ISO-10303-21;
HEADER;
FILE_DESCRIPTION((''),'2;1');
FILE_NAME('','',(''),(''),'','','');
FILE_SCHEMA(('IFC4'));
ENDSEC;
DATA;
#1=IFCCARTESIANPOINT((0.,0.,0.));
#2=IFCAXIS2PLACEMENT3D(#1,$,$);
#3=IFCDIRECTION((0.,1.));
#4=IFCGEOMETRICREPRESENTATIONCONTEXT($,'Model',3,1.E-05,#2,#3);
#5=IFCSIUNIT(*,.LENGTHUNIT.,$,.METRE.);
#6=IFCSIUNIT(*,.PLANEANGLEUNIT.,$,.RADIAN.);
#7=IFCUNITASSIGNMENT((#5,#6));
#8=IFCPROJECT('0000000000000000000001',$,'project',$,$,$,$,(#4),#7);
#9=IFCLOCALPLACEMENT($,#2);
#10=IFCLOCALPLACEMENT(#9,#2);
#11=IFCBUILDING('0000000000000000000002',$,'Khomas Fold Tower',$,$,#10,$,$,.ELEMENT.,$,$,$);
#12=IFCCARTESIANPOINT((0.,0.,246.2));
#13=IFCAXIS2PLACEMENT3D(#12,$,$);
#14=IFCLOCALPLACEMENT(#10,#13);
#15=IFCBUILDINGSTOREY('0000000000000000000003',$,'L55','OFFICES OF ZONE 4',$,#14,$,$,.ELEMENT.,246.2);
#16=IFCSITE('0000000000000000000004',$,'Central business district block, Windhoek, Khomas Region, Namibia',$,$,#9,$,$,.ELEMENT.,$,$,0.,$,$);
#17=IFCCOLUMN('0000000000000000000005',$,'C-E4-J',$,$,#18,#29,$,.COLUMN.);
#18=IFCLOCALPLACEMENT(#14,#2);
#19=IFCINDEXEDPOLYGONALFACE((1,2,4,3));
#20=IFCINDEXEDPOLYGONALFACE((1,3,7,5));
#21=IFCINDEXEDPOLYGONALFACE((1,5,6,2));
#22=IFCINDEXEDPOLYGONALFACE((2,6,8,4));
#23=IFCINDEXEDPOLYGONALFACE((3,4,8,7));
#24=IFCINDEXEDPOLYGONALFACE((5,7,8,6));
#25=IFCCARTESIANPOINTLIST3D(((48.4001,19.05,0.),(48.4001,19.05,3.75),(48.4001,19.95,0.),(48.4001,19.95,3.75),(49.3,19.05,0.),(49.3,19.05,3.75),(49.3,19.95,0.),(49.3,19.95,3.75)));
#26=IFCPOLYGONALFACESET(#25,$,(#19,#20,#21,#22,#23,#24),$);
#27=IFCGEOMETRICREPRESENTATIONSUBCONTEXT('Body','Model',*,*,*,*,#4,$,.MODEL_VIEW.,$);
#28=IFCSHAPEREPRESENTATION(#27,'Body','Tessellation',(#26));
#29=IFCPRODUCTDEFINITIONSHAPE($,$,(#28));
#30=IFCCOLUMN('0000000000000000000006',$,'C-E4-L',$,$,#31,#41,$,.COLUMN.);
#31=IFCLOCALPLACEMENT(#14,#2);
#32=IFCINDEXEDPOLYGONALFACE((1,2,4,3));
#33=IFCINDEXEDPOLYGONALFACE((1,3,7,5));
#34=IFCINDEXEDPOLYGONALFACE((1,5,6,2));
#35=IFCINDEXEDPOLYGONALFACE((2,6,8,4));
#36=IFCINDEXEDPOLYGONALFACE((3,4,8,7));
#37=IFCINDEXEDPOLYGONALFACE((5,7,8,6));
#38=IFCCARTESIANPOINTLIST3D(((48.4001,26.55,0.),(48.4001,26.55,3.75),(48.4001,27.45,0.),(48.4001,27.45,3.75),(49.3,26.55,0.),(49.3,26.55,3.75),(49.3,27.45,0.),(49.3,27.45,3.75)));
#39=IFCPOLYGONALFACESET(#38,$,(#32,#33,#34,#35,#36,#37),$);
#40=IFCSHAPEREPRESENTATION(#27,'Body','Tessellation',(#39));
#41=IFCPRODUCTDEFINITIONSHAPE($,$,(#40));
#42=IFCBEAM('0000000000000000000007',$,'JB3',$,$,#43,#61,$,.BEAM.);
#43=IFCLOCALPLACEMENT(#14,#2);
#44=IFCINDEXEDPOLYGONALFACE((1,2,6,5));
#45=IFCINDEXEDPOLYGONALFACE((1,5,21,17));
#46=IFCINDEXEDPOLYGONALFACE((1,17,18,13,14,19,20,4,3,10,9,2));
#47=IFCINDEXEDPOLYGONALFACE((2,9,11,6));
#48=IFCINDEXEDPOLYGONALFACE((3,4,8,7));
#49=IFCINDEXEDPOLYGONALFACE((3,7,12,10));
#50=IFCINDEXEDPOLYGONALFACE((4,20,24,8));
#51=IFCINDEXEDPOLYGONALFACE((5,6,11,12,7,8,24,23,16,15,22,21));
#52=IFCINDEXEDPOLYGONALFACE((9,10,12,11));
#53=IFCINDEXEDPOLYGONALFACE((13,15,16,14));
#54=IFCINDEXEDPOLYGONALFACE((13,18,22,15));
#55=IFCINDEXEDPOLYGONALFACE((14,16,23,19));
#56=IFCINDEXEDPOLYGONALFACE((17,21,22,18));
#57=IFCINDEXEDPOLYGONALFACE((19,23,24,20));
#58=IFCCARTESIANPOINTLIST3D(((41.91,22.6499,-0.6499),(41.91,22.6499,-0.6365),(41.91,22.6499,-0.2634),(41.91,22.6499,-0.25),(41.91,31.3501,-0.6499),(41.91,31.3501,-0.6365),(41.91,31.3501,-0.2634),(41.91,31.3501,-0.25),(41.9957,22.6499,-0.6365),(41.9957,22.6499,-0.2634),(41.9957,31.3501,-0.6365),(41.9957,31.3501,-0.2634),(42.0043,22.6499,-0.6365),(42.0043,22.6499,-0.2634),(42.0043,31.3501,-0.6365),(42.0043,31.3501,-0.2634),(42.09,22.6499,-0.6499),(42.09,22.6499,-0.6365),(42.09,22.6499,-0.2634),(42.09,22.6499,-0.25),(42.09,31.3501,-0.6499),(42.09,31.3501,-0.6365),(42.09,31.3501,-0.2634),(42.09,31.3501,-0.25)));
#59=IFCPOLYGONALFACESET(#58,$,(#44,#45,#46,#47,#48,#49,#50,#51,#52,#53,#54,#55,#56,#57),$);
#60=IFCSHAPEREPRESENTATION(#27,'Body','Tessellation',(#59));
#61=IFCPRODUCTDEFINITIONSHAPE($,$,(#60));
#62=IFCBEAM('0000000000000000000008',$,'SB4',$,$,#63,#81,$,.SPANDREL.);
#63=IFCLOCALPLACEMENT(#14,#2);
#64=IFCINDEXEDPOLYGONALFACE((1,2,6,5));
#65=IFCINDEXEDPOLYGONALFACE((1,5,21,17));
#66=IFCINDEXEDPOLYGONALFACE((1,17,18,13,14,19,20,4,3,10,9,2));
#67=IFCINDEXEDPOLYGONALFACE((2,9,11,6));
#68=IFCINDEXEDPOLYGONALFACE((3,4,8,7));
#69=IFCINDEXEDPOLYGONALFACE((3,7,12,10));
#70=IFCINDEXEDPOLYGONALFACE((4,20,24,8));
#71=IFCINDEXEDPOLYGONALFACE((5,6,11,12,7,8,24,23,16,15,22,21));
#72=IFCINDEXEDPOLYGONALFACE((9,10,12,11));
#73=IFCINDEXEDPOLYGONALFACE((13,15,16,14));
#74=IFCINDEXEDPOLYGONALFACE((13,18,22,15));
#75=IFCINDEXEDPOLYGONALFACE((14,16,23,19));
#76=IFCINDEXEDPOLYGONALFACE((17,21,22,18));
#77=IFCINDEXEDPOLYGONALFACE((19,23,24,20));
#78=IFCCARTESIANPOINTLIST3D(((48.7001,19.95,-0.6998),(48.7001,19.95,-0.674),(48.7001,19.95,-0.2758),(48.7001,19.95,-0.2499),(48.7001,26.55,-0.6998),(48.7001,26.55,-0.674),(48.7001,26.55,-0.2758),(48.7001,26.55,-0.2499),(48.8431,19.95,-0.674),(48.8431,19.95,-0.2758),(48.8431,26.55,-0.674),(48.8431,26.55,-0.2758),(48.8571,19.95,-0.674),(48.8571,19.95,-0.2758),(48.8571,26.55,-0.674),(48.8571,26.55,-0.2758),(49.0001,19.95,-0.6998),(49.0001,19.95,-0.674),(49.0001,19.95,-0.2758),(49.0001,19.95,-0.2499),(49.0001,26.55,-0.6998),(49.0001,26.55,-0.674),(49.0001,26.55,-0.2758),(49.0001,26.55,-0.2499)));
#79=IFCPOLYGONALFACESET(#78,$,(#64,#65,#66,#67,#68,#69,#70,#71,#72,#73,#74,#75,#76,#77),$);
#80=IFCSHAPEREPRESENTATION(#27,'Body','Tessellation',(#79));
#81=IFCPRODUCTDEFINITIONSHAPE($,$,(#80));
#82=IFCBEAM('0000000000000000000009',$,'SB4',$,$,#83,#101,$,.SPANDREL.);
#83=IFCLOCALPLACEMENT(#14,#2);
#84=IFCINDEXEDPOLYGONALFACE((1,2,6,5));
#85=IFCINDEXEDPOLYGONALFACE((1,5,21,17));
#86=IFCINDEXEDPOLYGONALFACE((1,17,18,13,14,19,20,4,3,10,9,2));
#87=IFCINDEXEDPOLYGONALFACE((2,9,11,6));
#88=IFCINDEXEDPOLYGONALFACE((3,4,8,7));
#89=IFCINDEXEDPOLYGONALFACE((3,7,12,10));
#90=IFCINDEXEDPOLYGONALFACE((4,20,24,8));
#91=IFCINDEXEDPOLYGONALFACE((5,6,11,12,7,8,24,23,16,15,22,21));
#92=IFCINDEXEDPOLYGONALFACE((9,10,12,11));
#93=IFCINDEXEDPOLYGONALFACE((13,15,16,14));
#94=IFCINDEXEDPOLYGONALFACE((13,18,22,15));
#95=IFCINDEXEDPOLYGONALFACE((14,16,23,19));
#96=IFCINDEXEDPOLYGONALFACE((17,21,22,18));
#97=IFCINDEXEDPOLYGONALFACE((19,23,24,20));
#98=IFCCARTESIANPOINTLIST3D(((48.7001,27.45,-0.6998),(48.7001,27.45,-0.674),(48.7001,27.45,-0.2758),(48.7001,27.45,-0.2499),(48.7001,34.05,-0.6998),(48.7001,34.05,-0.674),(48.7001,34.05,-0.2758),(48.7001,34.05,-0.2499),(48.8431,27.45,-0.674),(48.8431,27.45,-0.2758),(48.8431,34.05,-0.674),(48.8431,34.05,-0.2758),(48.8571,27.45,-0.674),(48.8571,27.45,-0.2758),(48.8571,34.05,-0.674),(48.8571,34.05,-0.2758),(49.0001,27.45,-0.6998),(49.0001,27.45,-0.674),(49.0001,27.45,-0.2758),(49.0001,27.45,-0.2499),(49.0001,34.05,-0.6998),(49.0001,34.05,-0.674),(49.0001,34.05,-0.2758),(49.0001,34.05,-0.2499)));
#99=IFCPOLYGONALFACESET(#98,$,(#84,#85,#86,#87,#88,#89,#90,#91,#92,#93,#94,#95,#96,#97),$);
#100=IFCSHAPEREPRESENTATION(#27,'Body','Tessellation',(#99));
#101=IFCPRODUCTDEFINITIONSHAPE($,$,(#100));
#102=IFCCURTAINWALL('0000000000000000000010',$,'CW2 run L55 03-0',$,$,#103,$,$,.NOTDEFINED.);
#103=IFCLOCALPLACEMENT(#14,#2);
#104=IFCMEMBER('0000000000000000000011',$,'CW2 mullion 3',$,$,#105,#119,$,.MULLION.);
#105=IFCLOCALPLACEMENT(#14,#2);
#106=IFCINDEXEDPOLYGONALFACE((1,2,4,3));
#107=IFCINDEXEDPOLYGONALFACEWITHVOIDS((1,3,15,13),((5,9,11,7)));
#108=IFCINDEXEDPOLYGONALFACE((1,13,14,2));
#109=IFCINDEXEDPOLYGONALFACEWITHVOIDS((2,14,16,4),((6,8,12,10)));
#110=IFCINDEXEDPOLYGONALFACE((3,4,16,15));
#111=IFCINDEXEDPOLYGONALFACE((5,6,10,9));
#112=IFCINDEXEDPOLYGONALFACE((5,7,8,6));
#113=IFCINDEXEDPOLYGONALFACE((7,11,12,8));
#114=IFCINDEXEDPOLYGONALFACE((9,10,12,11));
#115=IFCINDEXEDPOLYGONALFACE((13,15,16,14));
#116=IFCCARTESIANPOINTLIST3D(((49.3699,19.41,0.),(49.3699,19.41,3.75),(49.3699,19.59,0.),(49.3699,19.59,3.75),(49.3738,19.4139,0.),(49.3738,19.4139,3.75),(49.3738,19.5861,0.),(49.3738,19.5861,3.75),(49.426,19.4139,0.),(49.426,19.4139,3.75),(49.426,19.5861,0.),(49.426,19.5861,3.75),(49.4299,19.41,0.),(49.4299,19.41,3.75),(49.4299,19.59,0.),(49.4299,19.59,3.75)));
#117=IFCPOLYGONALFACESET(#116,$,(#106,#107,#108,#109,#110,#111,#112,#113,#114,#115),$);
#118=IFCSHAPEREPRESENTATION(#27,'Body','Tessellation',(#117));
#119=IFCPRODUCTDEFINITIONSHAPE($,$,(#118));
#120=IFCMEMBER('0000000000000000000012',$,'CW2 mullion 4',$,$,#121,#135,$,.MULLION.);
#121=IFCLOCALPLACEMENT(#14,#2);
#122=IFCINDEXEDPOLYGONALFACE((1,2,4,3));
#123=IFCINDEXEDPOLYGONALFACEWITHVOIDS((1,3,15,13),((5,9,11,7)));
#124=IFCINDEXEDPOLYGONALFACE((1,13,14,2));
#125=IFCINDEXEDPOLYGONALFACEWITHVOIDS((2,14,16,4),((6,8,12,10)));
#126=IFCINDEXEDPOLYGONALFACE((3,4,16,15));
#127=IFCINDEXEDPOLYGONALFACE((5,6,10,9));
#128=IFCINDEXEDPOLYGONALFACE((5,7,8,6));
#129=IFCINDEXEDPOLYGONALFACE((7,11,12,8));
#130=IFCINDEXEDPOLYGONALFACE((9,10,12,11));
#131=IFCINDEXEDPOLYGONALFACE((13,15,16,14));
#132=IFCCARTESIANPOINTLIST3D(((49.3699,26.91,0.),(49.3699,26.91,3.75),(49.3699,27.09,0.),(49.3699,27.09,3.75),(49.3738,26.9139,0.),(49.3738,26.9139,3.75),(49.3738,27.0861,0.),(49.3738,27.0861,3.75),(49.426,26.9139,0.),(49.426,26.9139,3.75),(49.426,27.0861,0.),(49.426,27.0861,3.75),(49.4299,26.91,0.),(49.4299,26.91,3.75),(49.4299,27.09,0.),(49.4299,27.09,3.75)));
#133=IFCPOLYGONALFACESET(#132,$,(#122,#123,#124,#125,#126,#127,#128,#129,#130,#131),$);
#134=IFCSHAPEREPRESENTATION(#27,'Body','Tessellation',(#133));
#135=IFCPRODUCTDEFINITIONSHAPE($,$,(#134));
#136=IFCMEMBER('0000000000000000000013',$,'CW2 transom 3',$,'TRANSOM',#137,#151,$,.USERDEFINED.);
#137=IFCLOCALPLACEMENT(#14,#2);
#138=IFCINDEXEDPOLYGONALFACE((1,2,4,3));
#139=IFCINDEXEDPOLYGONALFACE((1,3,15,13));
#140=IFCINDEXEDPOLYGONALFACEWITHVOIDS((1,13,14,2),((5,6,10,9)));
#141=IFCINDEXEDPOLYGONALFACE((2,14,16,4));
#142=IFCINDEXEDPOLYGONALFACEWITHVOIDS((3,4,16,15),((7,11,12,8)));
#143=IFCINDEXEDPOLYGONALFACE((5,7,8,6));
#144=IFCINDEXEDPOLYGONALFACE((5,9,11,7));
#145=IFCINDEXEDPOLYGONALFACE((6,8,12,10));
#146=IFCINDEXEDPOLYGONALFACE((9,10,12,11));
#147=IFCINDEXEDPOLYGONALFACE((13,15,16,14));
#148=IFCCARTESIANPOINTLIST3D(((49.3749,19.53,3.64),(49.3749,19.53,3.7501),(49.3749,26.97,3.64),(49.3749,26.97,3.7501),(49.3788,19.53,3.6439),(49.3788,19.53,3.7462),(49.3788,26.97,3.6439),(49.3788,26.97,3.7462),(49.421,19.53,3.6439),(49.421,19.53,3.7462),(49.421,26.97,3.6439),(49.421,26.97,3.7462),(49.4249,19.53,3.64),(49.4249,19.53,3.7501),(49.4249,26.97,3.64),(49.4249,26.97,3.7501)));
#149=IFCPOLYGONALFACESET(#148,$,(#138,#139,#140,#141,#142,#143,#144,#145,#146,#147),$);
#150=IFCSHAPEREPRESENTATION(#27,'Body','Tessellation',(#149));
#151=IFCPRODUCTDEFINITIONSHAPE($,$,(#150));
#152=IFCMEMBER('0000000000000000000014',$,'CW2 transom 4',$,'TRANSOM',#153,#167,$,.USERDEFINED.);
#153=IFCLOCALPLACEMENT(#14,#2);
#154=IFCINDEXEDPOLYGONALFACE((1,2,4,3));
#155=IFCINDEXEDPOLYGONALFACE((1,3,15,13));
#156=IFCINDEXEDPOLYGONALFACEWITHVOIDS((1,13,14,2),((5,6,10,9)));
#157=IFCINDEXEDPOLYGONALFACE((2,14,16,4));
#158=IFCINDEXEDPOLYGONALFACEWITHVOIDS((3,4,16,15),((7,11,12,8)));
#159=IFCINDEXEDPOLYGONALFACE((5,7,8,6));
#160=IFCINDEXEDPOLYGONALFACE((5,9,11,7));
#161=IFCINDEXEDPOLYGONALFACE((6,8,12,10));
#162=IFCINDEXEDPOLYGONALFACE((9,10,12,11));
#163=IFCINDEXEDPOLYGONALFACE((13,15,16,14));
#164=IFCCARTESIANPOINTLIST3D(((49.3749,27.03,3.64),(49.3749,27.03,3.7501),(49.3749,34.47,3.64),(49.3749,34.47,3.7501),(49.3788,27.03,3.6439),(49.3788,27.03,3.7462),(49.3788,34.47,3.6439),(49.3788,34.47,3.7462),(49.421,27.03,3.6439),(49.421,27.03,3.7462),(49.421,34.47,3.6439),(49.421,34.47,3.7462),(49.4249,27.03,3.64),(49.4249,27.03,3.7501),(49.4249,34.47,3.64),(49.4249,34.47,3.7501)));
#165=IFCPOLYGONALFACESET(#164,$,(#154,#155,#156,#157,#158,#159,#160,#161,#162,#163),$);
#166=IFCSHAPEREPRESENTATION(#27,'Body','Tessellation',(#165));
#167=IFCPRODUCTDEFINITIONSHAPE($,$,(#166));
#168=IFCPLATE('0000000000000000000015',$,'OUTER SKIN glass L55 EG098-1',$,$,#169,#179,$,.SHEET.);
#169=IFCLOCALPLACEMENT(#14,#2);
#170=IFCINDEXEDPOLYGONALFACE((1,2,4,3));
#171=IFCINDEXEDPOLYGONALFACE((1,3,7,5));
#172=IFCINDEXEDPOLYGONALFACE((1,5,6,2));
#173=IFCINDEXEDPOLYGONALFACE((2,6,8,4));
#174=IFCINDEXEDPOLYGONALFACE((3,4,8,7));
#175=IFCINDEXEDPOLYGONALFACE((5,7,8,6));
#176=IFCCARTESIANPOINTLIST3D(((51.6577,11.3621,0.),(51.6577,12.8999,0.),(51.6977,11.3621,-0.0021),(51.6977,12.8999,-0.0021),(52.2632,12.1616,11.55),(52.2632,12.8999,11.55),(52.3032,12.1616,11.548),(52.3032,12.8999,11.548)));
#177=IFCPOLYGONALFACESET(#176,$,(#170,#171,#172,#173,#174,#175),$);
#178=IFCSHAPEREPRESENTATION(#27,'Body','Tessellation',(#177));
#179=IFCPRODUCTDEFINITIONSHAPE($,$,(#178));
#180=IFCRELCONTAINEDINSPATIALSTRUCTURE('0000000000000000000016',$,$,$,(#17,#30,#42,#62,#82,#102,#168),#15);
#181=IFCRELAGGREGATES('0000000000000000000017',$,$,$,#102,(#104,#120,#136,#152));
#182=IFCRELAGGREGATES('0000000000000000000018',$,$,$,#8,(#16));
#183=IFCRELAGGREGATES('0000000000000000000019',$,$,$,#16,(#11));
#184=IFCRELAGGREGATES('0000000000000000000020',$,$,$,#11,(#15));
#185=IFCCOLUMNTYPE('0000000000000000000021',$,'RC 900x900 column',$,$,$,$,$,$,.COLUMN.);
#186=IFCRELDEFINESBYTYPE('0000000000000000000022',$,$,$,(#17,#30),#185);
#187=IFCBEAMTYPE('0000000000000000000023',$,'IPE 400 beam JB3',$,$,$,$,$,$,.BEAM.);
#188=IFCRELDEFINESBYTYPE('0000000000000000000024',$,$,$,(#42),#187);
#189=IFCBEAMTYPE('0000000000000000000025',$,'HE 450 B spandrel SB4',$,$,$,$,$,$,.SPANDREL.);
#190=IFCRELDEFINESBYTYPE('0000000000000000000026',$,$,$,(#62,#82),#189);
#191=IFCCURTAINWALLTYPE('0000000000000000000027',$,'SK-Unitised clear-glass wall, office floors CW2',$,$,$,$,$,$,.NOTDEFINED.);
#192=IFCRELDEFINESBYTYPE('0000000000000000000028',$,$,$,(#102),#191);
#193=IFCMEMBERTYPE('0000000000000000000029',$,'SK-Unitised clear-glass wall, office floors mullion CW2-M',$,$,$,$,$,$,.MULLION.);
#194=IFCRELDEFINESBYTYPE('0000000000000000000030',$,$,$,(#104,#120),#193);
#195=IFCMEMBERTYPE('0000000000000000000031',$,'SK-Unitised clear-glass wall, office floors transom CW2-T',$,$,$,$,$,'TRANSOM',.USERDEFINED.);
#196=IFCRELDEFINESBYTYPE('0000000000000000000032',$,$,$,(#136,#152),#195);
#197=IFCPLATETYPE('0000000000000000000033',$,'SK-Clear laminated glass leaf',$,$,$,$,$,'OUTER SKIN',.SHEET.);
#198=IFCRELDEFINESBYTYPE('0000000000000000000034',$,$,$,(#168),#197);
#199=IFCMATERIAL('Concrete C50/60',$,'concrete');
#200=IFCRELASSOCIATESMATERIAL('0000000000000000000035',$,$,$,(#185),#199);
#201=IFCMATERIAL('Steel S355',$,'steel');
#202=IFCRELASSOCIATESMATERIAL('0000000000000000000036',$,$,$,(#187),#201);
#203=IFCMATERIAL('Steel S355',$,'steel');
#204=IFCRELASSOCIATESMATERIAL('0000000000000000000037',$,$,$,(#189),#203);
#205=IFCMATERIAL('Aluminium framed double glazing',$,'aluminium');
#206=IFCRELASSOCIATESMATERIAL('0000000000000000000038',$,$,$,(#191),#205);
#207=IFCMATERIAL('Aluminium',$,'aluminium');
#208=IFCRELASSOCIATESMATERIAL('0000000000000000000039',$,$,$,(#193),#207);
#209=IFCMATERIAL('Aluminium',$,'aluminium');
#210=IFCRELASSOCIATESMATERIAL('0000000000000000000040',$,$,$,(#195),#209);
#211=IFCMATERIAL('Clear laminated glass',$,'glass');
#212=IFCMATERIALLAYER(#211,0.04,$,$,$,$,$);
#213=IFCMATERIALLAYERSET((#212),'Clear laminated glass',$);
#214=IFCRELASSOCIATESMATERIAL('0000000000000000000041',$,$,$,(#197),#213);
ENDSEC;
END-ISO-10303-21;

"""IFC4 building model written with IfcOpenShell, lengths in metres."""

from ifc_helpers import new_model, si_unit, direction, frame, origin, origin_2d, place, context, subcontext, project, spatial, polyline, rectangle, hollow_rectangle, i_section, outline, extrude, source, transform, mapped, material, layer, layer_set, material_profile, profile_set, type_object, element, aggregate, save


model = new_model("IFC4")

# Units and contexts
model_context = context("Model", 3, precision=1e-05, world=origin(), true_north=direction((0.0, 1.0)))
body_context = subcontext(model_context, "Body", "Model", "MODEL_VIEW")
ifc_project = project(units=[si_unit("LENGTHUNIT", "METRE"), si_unit("PLANEANGLEUNIT", "RADIAN")], contexts=[model_context])

# Site, building, storey
site_placement = place(None, origin())
site = spatial("IfcSite", under=ifc_project, at=site_placement, Name="Central business district block, Windhoek, Khomas Region, Namibia", CompositionType="ELEMENT", RefElevation=0.0)
building_placement = place(site_placement, origin())
building = spatial("IfcBuilding", under=site, at=building_placement, Name="Khomas Fold Tower", CompositionType="ELEMENT")
storey_placement = place(building_placement, frame((0.0, 0.0, 246.2)))
storey = spatial("IfcBuildingStorey", under=building, at=storey_placement, Name="L55", Description="OFFICES OF ZONE 4", CompositionType="ELEMENT", Elevation=246.2)

# Columns
ifc_material_1 = material(Name="Concrete C50/60", Category="concrete")
ifc_material_profile_1 = material_profile(ifc_material_1, rectangle(XDim=0.8999, YDim=0.8999, at=origin_2d()), Name="RC 900x900")
ifc_profile_set_1 = profile_set([ifc_material_profile_1], Name="Concrete C50/60")
column_type = type_object("IfcColumnType", Name="RC 900x900 column", PredefinedType="COLUMN", material=ifc_profile_set_1)
shared_shape_1 = source(origin(), body_context, "Body", "SweptSolid", [
    extrude(rectangle(XDim=0.8999, YDim=0.8999, at=origin_2d()), origin(), (0.0, 0.0, 1.0), 3.75),
])
for number, where, z_axis, x_axis, name in (
    (1, (48.8501, 19.5, 0.0), (0.0, 0.0, 1.0), (1.0, 0.0, 0.0), "C-E4-J"),
    (2, (48.8501, 27.0, 0.0), (0.0, 0.0, 1.0), (1.0, 0.0, 0.0), "C-E4-L"),
):
    element("IfcColumn", number, at=place(storey_placement, frame(where, z_axis=z_axis, x_axis=x_axis)), inside=storey, type_object=column_type, Name=name, PredefinedType="COLUMN", context=body_context, shape_type="MappedRepresentation", body=[
        mapped(shared_shape_1, transform((0.0, 0.0, 0.0))),
    ])

# Beams
ifc_material_2 = material(Name="Steel S355", Category="steel")
ifc_material_profile_2 = material_profile(ifc_material_2, i_section(OverallWidth=0.1799, OverallDepth=0.3999, WebThickness=0.0085, FlangeThickness=0.0134, at=origin_2d()), Name="IPE 400")
ifc_profile_set_2 = profile_set([ifc_material_profile_2], Name="Steel S355")
beam_type_1 = type_object("IfcBeamType", Name="IPE 400 beam JB3", PredefinedType="BEAM", material=ifc_profile_set_2)
shared_shape_2 = source(origin(), body_context, "Body", "SweptSolid", [
    extrude(i_section(OverallWidth=0.1799, OverallDepth=0.3999, WebThickness=0.0085, FlangeThickness=0.0134, at=origin_2d()), origin(), (0.0, 0.0, 1.0), 8.7002),
])
beam_placement = place(storey_placement, frame((42.0, 22.6499, -0.45), z_axis=(0.0, 1.0, 0.0), x_axis=(-1.0, 0.0, 0.0)))
element("IfcBeam", 3, at=beam_placement, inside=storey, type_object=beam_type_1, Name="JB3", PredefinedType="BEAM", context=body_context, shape_type="MappedRepresentation", body=[
    mapped(shared_shape_2, transform((0.0, 0.0, 0.0))),
])
ifc_material_3 = material(Name="Steel S355", Category="steel")
ifc_material_profile_3 = material_profile(ifc_material_3, i_section(OverallWidth=0.3, OverallDepth=0.45, WebThickness=0.0139, FlangeThickness=0.0259, at=origin_2d()), Name="HE 450 B")
ifc_profile_set_3 = profile_set([ifc_material_profile_3], Name="Steel S355")
beam_type_2 = type_object("IfcBeamType", Name="HE 450 B spandrel SB4", PredefinedType="SPANDREL", material=ifc_profile_set_3)
shared_shape_3 = source(origin(), body_context, "Body", "SweptSolid", [
    extrude(i_section(OverallWidth=0.3, OverallDepth=0.45, WebThickness=0.0139, FlangeThickness=0.0259, at=origin_2d()), origin(), (0.0, 0.0, 1.0), 6.6001),
])
for number, where, z_axis, x_axis, name in (
    (4, (48.8501, 19.95, -0.4749), (0.0, 1.0, 0.0), (-1.0, 0.0, 0.0), "SB4"),
    (5, (48.8501, 27.45, -0.4749), (0.0, 1.0, 0.0), (-1.0, 0.0, 0.0), "SB4"),
):
    element("IfcBeam", number, at=place(storey_placement, frame(where, z_axis=z_axis, x_axis=x_axis)), inside=storey, type_object=beam_type_2, Name=name, PredefinedType="SPANDREL", context=body_context, shape_type="MappedRepresentation", body=[
        mapped(shared_shape_3, transform((0.0, 0.0, 0.0))),
    ])

# Curtain wall, members
ifc_material_4 = material(Name="Aluminium framed double glazing", Category="aluminium")
curtain_wall_type = type_object("IfcCurtainWallType", Name="SK-Unitised clear-glass wall, office floors CW2", PredefinedType="NOTDEFINED", material=ifc_material_4)
curtain_wall_placement = place(storey_placement, origin())
curtain_wall = element("IfcCurtainWall", 6, at=curtain_wall_placement, inside=storey, type_object=curtain_wall_type, Name="CW2 run L55 03-0", PredefinedType="NOTDEFINED")
ifc_material_5 = material(Name="Aluminium", Category="aluminium")
ifc_material_profile_4 = material_profile(ifc_material_5, hollow_rectangle(XDim=0.0601, YDim=0.1799, WallThickness=0.0039, at=origin_2d()), Name="SK-Unitised clear-glass wall, office floors mullion CW2-M")
ifc_profile_set_4 = profile_set([ifc_material_profile_4], Name="Aluminium")
member_type_1 = type_object("IfcMemberType", Name="SK-Unitised clear-glass wall, office floors mullion CW2-M", PredefinedType="MULLION", material=ifc_profile_set_4)
shared_shape_4 = source(origin(), body_context, "Body", "SweptSolid", [
    extrude(hollow_rectangle(XDim=0.0601, YDim=0.1799, WallThickness=0.0039, at=origin_2d()), origin(), (0.0, 0.0, 1.0), 3.75),
])
member_1_placement = place(storey_placement, frame((49.3999, 19.5, 0.0), z_axis=(0.0, 0.0, 1.0), x_axis=(-1.0, 0.0, 0.0)))
member_1 = element("IfcMember", 7, at=member_1_placement, type_object=member_type_1, Name="CW2 mullion 3", PredefinedType="MULLION", context=body_context, shape_type="MappedRepresentation", body=[
    mapped(shared_shape_4, transform((0.0, 0.0, 0.0))),
])
member_2_placement = place(storey_placement, frame((49.3999, 27.0, 0.0), z_axis=(0.0, 0.0, 1.0), x_axis=(-1.0, 0.0, 0.0)))
member_2 = element("IfcMember", 8, at=member_2_placement, type_object=member_type_1, Name="CW2 mullion 4", PredefinedType="MULLION", context=body_context, shape_type="MappedRepresentation", body=[
    mapped(shared_shape_4, transform((0.0, 0.0, 0.0))),
])
ifc_material_6 = material(Name="Aluminium", Category="aluminium")
ifc_material_profile_5 = material_profile(ifc_material_6, hollow_rectangle(XDim=0.05, YDim=0.1101, WallThickness=0.0039, at=origin_2d()), Name="SK-Unitised clear-glass wall, office floors transom CW2-T")
ifc_profile_set_5 = profile_set([ifc_material_profile_5], Name="Aluminium")
member_type_2 = type_object("IfcMemberType", Name="SK-Unitised clear-glass wall, office floors transom CW2-T", ElementType="TRANSOM", PredefinedType="USERDEFINED", material=ifc_profile_set_5)
shared_shape_5 = source(origin(), body_context, "Body", "SweptSolid", [
    extrude(hollow_rectangle(XDim=0.05, YDim=0.1101, WallThickness=0.0039, at=origin_2d()), origin(), (0.0, 0.0, 1.0), 7.4399),
])
member_3_placement = place(storey_placement, frame((49.3999, 19.53, 3.6951), z_axis=(0.0, 1.0, 0.0), x_axis=(-1.0, 0.0, 0.0)))
member_3 = element("IfcMember", 9, at=member_3_placement, type_object=member_type_2, Name="CW2 transom 3", ObjectType="TRANSOM", PredefinedType="USERDEFINED", context=body_context, shape_type="MappedRepresentation", body=[
    mapped(shared_shape_5, transform((0.0, 0.0, 0.0))),
])
member_4_placement = place(storey_placement, frame((49.3999, 27.03, 3.6951), z_axis=(0.0, 1.0, 0.0), x_axis=(-1.0, 0.0, 0.0)))
member_4 = element("IfcMember", 10, at=member_4_placement, type_object=member_type_2, Name="CW2 transom 4", ObjectType="TRANSOM", PredefinedType="USERDEFINED", context=body_context, shape_type="MappedRepresentation", body=[
    mapped(shared_shape_5, transform((0.0, 0.0, 0.0))),
])

# Plate
ifc_material_7 = material(Name="Clear laminated glass", Category="glass")
ifc_layer_1 = layer(ifc_material_7, 0.04)
ifc_layer_set_1 = layer_set([ifc_layer_1], Name="Clear laminated glass")
plate_type_1 = type_object("IfcPlateType", Name="SK-Clear laminated glass leaf", ElementType="OUTER SKIN", PredefinedType="SHEET", material=ifc_layer_set_1)
plate_1_placement = place(storey_placement, frame((51.6577, 12.8999, 0.0), z_axis=(-0.998629, 0.0, 0.052349), x_axis=(0.0, -1.0, 0.0)))
element("IfcPlate", 11, at=plate_1_placement, inside=storey, type_object=plate_type_1, Name="OUTER SKIN glass L55 EG098-1", PredefinedType="SHEET", context=body_context, shape_type="SweptSolid", body=[
    extrude(outline(polyline([(0.0, 0.0), (1.5378, 0.0), (0.7383, 11.5659), (0.0, 11.5659), (0.0, 0.0)])), origin(), (0.0, 0.0, -1.0), 0.04),
])

aggregate(curtain_wall, [member_1, member_2, member_3, member_4])

save(model, "model.ifc")
